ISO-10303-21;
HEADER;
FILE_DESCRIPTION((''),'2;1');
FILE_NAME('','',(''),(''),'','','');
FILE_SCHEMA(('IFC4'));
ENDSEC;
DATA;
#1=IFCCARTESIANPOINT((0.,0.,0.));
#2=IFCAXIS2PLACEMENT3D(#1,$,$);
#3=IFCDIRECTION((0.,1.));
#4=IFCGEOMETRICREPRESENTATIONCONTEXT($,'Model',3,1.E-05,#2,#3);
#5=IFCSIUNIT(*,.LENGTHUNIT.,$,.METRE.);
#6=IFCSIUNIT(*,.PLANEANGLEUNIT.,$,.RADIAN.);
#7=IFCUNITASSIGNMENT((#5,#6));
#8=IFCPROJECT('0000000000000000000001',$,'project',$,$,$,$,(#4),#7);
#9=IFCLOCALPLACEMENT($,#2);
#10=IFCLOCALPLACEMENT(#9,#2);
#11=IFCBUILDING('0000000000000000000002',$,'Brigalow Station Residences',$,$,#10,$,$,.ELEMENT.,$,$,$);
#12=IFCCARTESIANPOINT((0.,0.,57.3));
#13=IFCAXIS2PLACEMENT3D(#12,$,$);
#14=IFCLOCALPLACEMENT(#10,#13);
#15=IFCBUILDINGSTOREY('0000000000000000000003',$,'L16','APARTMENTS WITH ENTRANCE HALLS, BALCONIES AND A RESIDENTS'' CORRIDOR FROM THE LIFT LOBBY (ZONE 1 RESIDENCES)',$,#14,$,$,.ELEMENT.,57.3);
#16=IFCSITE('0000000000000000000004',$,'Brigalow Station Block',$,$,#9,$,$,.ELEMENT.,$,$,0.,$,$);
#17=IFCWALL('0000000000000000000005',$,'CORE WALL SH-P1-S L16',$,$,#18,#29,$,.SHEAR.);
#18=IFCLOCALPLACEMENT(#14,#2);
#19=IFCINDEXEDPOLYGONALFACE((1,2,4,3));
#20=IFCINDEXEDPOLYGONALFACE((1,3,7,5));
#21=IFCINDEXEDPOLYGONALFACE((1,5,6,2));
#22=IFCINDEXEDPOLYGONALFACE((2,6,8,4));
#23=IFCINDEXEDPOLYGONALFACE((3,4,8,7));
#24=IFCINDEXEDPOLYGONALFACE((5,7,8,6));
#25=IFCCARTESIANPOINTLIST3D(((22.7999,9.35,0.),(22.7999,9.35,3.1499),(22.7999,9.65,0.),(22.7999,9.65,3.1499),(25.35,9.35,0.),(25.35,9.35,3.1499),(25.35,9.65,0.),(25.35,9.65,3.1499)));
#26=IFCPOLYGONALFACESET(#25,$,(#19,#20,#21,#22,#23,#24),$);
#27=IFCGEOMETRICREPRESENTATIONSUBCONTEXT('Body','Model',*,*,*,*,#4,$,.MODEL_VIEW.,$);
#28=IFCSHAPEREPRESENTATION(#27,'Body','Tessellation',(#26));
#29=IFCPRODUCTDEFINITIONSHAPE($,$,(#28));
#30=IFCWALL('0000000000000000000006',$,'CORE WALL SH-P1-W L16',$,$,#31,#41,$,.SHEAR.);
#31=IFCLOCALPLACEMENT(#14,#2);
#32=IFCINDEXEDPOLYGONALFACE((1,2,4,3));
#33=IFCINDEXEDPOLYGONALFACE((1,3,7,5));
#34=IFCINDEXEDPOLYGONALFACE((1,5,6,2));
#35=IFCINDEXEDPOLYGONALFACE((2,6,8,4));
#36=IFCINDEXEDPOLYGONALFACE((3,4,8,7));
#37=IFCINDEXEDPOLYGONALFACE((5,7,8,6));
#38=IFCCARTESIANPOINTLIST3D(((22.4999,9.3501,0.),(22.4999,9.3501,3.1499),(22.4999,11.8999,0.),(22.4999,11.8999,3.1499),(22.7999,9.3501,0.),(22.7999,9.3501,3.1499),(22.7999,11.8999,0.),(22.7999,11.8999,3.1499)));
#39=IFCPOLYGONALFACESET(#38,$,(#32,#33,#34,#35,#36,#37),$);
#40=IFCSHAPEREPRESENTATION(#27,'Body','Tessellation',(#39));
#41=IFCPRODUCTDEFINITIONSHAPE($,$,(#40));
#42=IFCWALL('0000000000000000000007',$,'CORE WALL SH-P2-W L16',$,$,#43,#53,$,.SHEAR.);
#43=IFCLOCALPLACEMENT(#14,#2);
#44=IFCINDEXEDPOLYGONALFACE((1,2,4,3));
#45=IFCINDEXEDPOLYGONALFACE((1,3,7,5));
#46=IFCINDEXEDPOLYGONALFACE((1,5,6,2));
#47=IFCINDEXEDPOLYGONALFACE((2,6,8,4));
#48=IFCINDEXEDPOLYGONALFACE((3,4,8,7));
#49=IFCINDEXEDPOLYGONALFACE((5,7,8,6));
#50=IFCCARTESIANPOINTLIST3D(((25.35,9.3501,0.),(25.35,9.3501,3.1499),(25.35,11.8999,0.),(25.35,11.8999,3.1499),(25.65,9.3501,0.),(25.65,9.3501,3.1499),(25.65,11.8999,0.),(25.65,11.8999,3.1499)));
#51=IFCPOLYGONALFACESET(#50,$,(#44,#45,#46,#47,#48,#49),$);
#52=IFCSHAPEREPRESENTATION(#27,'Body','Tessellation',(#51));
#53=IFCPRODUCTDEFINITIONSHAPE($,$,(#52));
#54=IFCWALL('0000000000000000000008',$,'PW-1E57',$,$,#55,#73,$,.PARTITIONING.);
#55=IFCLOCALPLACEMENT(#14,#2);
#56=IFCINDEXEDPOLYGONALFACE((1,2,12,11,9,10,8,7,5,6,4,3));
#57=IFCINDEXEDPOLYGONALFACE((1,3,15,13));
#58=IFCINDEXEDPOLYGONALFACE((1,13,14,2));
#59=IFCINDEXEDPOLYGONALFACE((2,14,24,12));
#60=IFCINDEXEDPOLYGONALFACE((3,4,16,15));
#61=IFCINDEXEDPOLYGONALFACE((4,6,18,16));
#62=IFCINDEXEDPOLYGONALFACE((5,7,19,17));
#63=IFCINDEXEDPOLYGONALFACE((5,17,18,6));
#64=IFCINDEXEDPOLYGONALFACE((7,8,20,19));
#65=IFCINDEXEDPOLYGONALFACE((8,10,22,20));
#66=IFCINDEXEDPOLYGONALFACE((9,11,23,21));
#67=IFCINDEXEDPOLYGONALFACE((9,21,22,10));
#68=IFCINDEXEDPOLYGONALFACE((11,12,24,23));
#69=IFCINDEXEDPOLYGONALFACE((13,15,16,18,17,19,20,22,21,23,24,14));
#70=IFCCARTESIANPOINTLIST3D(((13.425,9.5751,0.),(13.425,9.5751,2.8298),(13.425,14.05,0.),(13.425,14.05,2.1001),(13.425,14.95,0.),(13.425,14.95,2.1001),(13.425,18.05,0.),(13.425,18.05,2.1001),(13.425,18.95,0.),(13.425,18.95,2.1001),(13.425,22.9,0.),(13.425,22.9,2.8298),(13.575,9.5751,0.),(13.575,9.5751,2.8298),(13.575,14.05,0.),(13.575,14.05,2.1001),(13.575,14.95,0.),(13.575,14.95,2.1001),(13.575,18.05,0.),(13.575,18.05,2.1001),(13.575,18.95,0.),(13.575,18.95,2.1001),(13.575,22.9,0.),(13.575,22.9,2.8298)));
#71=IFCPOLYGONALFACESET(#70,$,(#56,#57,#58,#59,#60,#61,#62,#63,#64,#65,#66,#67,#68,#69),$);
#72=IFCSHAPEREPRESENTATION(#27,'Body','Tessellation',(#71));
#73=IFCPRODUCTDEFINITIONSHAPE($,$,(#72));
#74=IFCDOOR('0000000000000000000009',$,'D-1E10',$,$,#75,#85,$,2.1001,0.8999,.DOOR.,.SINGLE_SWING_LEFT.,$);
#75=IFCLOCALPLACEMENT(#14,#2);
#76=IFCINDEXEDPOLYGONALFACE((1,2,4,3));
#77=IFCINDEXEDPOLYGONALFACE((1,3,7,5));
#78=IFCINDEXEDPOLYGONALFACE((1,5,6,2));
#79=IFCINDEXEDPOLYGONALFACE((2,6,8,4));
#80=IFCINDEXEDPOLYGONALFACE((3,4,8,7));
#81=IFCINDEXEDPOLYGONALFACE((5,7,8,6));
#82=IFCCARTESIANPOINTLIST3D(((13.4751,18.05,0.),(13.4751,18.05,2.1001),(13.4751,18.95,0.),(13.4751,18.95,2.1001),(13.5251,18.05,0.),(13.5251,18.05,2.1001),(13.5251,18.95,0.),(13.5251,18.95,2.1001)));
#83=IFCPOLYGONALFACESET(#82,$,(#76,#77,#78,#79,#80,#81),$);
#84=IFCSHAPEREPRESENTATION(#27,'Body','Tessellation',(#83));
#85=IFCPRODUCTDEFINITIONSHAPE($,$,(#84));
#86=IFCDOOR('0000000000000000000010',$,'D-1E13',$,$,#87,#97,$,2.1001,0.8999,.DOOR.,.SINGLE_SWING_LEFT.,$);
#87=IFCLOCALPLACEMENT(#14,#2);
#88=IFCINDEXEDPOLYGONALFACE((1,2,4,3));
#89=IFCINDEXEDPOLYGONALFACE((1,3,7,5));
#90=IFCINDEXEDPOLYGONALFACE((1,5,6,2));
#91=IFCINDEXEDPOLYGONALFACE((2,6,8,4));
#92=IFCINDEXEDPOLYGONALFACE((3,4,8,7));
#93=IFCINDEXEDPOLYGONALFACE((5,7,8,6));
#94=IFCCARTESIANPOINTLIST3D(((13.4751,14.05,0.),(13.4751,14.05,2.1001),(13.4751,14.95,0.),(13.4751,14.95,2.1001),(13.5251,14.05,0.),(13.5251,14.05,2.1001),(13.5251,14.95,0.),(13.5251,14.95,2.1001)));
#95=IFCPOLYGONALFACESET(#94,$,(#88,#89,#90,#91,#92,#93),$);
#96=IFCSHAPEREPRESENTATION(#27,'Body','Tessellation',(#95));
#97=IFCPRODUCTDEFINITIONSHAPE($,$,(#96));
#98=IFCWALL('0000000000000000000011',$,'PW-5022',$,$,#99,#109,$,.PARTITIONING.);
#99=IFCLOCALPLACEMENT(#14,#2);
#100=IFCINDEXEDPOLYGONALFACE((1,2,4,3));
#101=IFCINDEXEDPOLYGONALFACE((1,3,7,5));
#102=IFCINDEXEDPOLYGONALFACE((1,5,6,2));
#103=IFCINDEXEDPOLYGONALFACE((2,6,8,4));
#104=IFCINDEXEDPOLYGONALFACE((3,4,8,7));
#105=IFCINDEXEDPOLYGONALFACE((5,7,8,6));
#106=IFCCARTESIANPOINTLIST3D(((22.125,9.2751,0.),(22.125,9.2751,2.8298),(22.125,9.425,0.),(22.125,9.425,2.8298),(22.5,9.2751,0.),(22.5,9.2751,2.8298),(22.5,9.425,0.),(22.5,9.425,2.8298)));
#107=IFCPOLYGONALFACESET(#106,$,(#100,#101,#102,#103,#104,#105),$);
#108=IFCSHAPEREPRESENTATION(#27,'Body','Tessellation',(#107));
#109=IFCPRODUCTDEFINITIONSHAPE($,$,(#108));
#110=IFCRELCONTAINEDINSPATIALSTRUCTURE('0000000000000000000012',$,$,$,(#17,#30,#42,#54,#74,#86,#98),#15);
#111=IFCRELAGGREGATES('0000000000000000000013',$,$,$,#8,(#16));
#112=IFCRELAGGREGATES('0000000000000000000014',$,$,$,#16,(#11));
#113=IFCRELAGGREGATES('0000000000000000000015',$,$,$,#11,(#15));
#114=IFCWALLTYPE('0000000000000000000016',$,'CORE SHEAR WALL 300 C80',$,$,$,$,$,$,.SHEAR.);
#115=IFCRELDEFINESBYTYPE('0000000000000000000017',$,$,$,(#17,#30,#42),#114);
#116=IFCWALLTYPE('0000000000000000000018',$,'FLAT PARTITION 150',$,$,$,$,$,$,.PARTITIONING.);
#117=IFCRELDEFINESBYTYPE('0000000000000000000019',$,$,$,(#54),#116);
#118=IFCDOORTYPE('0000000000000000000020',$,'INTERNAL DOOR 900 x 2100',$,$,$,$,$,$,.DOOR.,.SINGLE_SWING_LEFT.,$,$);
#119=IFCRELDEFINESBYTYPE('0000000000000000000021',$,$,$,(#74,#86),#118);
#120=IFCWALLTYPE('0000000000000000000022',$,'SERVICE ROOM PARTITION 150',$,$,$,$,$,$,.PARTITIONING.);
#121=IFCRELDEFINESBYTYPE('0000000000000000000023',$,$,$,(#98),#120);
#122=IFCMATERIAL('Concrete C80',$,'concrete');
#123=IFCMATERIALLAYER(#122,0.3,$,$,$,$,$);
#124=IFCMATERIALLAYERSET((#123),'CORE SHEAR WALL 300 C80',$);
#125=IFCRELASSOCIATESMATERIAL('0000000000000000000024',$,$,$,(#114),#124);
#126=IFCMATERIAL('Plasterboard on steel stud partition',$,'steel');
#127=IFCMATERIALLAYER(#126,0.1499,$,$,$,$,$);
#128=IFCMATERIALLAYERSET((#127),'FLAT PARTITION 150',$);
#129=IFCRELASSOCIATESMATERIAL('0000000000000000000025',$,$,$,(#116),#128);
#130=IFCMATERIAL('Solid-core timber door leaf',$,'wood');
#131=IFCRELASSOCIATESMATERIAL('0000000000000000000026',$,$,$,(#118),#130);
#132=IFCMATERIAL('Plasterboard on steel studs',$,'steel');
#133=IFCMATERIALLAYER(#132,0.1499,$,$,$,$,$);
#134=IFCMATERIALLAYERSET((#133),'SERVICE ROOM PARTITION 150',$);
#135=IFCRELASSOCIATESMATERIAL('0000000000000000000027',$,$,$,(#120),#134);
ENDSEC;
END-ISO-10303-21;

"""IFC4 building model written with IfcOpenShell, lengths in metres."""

from ifc_helpers import new_model, si_unit, direction, frame, frame_2d, origin, place, context, subcontext, project, spatial, rectangle, extrude, material, layer, layer_set, type_object, element, fill, save


model = new_model("IFC4")

# Units and contexts
model_context = context("Model", 3, precision=1e-05, world=origin(), true_north=direction((0.0, 1.0)))
body_context = subcontext(model_context, "Body", "Model", "MODEL_VIEW")
ifc_project = project(units=[si_unit("LENGTHUNIT", "METRE"), si_unit("PLANEANGLEUNIT", "RADIAN")], contexts=[model_context])

# Site, building, storey
site_placement = place(None, origin())
site = spatial("IfcSite", under=ifc_project, at=site_placement, Name="Brigalow Station Block", CompositionType="ELEMENT", RefElevation=0.0)
building_placement = place(site_placement, origin())
building = spatial("IfcBuilding", under=site, at=building_placement, Name="Brigalow Station Residences", CompositionType="ELEMENT")
storey_placement = place(building_placement, frame((0.0, 0.0, 57.3)))
storey = spatial("IfcBuildingStorey", under=building, at=storey_placement, Name="L16", Description="APARTMENTS WITH ENTRANCE HALLS, BALCONIES AND A RESIDENTS' CORRIDOR FROM THE LIFT LOBBY (ZONE 1 RESIDENCES)", CompositionType="ELEMENT", Elevation=57.3)

# Walls
ifc_material_1 = material(Name="Concrete C80", Category="concrete")
ifc_layer_1 = layer(ifc_material_1, 0.3)
ifc_layer_set_1 = layer_set([ifc_layer_1], Name="CORE SHEAR WALL 300 C80")
wall_type_1 = type_object("IfcWallType", Name="CORE SHEAR WALL 300 C80", PredefinedType="SHEAR", material=ifc_layer_set_1)
wall_1_placement = place(storey_placement, frame((22.8, 9.5, 0.0), z_axis=(0.0, 0.0, 1.0), x_axis=(1.0, 0.0, 0.0)))
element("IfcWall", 1, at=wall_1_placement, inside=storey, type_object=wall_type_1, Name="CORE WALL SH-P1-S L16", PredefinedType="SHEAR", context=body_context, shape_type="SweptSolid", body=[
    extrude(rectangle(XDim=2.55, YDim=0.3, at=frame_2d((1.2749, 0.0))), origin(), (0.0, 0.0, 1.0), 3.1499),
])
for number, where, z_axis, x_axis, name in (
    (2, (22.6499, 9.3501, 0.0), (0.0, 0.0, 1.0), (0.0, 1.0, 0.0), "CORE WALL SH-P1-W L16"),
    (3, (25.5, 9.3501, 0.0), (0.0, 0.0, 1.0), (0.0, 1.0, 0.0), "CORE WALL SH-P2-W L16"),
):
    element("IfcWall", number, at=place(storey_placement, frame(where, z_axis=z_axis, x_axis=x_axis)), inside=storey, type_object=wall_type_1, Name=name, PredefinedType="SHEAR", context=body_context, shape_type="SweptSolid", body=[
        extrude(rectangle(XDim=2.5498, YDim=0.3, at=frame_2d((1.2749, 0.0))), origin(), (0.0, 0.0, 1.0), 3.1499),
    ])

# Wall, openings, doors
ifc_material_2 = material(Name="Plasterboard on steel stud partition", Category="steel")
ifc_layer_2 = layer(ifc_material_2, 0.1499)
ifc_layer_set_2 = layer_set([ifc_layer_2], Name="FLAT PARTITION 150")
wall_type_2 = type_object("IfcWallType", Name="FLAT PARTITION 150", PredefinedType="PARTITIONING", material=ifc_layer_set_2)
wall_2_placement = place(storey_placement, frame((13.5, 9.575, 0.0), z_axis=(0.0, 0.0, 1.0), x_axis=(0.0, 1.0, 0.0)))
wall_2 = element("IfcWall", 4, at=wall_2_placement, inside=storey, type_object=wall_type_2, Name="PW-1E57", PredefinedType="PARTITIONING", context=body_context, shape_type="SweptSolid", body=[
    extrude(rectangle(XDim=13.325, YDim=0.1499, at=frame_2d((6.6626, 0.0))), origin(), (0.0, 0.0, 1.0), 2.8298),
])
opening_1_placement = place(wall_2_placement, frame((8.4751, 0.0, 0.0)))
opening_1 = element("IfcOpeningElement", 5, at=opening_1_placement, cuts=wall_2, PredefinedType="OPENING", context=body_context, shape_type="SweptSolid", body=[
    extrude(rectangle(XDim=0.8999, YDim=2.1001, at=frame_2d((0.45, 1.05))), frame((0.0, 0.085, 0.0), z_axis=(0.0, -1.0, 0.0), x_axis=(1.0, 0.0, 0.0)), (0.0, 0.0, 1.0), 0.1699),
])
opening_2_placement = place(wall_2_placement, frame((4.4751, 0.0, 0.0)))
opening_2 = element("IfcOpeningElement", 6, at=opening_2_placement, cuts=wall_2, PredefinedType="OPENING", context=body_context, shape_type="SweptSolid", body=[
    extrude(rectangle(XDim=0.8999, YDim=2.1001, at=frame_2d((0.45, 1.05))), frame((0.0, 0.085, 0.0), z_axis=(0.0, -1.0, 0.0), x_axis=(1.0, 0.0, 0.0)), (0.0, 0.0, 1.0), 0.1699),
])
ifc_material_3 = material(Name="Solid-core timber door leaf", Category="wood")
door_type_1 = type_object("IfcDoorType", Name="INTERNAL DOOR 900 x 2100", OperationType="SINGLE_SWING_LEFT", PredefinedType="DOOR", material=ifc_material_3)
door_1_placement = place(opening_1_placement, origin())
door_1 = element("IfcDoor", 7, at=door_1_placement, inside=storey, type_object=door_type_1, Name="D-1E10", OperationType="SINGLE_SWING_LEFT", OverallHeight=2.1001, OverallWidth=0.8999, PredefinedType="DOOR", context=body_context, shape_type="SweptSolid", body=[
    extrude(rectangle(XDim=0.8999, YDim=2.1001, at=frame_2d((0.45, 1.05))), frame((0.0, 0.0249, 0.0), z_axis=(0.0, -1.0, 0.0), x_axis=(1.0, 0.0, 0.0)), (0.0, 0.0, 1.0), 0.05),
])
fill(opening_1, door_1)
door_2_placement = place(opening_2_placement, origin())
door_2 = element("IfcDoor", 8, at=door_2_placement, inside=storey, type_object=door_type_1, Name="D-1E13", OperationType="SINGLE_SWING_LEFT", OverallHeight=2.1001, OverallWidth=0.8999, PredefinedType="DOOR", context=body_context, shape_type="SweptSolid", body=[
    extrude(rectangle(XDim=0.8999, YDim=2.1001, at=frame_2d((0.45, 1.05))), frame((0.0, 0.0249, 0.0), z_axis=(0.0, -1.0, 0.0), x_axis=(1.0, 0.0, 0.0)), (0.0, 0.0, 1.0), 0.05),
])
fill(opening_2, door_2)

# Wall
ifc_material_4 = material(Name="Plasterboard on steel studs", Category="steel")
ifc_layer_3 = layer(ifc_material_4, 0.1499)
ifc_layer_set_3 = layer_set([ifc_layer_3], Name="SERVICE ROOM PARTITION 150")
wall_type_3 = type_object("IfcWallType", Name="SERVICE ROOM PARTITION 150", PredefinedType="PARTITIONING", material=ifc_layer_set_3)
wall_3_placement = place(storey_placement, frame((22.125, 9.3501, 0.0), z_axis=(0.0, 0.0, 1.0), x_axis=(1.0, 0.0, 0.0)))
element("IfcWall", 9, at=wall_3_placement, inside=storey, type_object=wall_type_3, Name="PW-5022", PredefinedType="PARTITIONING", context=body_context, shape_type="SweptSolid", body=[
    extrude(rectangle(XDim=0.375, YDim=0.1499, at=frame_2d((0.1875, 0.0))), origin(), (0.0, 0.0, 1.0), 2.8298),
])

save(model, "model.ifc")
